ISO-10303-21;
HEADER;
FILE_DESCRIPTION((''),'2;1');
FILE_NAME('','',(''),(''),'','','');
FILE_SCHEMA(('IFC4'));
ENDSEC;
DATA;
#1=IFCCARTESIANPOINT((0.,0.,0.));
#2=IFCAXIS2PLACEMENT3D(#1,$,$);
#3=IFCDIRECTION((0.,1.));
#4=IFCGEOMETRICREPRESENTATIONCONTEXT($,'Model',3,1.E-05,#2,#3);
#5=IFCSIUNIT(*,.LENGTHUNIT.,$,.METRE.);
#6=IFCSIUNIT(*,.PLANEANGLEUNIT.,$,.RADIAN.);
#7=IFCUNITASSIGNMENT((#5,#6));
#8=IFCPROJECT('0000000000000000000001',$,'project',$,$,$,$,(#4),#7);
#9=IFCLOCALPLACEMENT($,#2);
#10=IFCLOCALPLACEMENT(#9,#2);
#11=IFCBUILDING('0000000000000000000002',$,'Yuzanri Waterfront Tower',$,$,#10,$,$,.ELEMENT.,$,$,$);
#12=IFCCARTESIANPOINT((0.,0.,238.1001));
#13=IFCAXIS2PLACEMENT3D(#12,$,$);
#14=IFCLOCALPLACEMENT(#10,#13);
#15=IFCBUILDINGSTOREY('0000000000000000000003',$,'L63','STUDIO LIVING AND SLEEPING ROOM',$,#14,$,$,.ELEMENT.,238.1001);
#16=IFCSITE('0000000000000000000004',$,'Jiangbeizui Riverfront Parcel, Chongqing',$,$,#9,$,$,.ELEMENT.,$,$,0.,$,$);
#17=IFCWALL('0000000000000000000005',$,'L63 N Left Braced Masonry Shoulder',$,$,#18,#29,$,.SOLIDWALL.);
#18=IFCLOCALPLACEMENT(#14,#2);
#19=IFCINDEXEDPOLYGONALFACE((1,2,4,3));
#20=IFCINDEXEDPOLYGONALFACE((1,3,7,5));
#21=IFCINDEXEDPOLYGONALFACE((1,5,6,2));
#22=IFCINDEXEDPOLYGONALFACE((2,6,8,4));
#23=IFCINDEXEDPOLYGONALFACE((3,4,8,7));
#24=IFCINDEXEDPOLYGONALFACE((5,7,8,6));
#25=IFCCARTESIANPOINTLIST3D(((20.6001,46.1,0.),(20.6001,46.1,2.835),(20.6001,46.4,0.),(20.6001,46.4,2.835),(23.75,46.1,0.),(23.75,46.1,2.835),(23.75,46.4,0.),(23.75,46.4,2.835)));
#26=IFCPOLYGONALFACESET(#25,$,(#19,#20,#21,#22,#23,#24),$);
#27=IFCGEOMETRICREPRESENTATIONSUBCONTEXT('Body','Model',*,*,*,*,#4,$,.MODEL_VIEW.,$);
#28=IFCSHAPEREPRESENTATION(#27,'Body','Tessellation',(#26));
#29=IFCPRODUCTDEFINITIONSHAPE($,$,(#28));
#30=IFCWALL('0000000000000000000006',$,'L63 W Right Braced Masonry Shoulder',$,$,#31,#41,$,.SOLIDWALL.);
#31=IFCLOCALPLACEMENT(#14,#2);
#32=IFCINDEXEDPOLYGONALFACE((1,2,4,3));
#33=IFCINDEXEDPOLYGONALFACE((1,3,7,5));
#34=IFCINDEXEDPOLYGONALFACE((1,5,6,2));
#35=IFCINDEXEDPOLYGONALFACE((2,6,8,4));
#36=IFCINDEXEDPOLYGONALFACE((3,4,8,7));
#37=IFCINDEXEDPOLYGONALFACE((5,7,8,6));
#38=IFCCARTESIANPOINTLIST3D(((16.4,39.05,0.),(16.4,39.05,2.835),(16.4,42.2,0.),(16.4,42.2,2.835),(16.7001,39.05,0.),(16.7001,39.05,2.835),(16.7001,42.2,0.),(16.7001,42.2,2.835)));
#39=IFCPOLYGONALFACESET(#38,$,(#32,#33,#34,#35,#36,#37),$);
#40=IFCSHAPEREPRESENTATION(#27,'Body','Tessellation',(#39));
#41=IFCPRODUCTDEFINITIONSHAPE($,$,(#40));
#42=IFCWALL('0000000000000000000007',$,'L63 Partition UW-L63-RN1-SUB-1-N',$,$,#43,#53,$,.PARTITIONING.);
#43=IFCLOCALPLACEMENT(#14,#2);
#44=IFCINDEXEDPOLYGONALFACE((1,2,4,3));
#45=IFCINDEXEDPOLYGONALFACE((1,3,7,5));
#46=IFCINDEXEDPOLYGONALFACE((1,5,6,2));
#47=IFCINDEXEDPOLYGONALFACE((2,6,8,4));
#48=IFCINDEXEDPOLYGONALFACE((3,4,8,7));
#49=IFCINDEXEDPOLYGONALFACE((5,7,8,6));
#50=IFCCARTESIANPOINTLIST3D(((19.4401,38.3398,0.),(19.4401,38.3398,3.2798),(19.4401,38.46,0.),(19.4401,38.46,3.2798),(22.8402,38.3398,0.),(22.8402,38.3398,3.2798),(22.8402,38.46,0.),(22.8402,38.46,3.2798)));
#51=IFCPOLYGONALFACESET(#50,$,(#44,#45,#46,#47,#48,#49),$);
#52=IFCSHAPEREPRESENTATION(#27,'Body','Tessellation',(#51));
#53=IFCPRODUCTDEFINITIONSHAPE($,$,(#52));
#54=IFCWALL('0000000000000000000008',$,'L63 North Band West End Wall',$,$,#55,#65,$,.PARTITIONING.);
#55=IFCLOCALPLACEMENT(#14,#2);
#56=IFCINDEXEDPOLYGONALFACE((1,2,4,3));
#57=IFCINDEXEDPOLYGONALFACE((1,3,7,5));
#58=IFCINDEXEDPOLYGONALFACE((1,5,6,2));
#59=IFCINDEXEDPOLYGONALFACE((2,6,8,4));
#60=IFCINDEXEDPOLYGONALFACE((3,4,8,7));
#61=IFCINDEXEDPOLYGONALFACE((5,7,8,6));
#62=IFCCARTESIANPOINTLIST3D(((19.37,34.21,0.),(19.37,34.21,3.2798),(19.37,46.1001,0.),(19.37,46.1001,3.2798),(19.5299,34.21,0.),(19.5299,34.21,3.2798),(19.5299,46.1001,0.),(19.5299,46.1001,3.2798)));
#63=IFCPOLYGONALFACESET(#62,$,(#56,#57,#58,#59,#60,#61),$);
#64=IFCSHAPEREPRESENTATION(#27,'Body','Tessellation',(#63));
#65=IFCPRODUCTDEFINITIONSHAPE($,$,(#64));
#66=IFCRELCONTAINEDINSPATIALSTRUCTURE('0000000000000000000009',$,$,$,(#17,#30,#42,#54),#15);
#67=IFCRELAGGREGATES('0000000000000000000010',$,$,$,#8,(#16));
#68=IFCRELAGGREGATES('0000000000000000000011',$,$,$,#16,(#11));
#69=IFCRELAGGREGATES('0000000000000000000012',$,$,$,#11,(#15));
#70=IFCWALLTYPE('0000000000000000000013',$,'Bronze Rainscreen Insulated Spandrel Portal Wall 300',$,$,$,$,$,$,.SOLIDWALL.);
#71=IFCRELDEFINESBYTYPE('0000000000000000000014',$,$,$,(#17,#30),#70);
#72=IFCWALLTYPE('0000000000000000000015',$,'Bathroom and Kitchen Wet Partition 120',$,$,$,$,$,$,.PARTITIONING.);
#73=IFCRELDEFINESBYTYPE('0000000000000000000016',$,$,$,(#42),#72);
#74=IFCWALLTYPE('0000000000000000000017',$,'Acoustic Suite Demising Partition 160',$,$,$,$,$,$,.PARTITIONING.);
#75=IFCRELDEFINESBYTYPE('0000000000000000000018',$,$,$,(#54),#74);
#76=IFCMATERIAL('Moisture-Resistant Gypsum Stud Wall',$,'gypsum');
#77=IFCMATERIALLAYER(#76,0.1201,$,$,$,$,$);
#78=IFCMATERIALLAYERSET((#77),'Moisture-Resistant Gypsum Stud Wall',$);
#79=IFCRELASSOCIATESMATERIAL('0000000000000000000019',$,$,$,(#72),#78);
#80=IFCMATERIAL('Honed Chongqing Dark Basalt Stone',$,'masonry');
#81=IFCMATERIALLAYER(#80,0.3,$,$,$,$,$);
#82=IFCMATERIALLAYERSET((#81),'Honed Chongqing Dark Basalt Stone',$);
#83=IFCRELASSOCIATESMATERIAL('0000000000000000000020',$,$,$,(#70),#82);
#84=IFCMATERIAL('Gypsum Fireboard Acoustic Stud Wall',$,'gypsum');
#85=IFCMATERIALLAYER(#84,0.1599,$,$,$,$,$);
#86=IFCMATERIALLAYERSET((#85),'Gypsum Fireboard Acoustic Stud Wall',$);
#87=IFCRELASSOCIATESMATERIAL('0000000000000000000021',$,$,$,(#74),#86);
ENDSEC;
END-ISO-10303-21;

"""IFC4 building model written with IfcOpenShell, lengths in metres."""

from ifc_helpers import new_model, si_unit, direction, frame, frame_2d, origin, place, context, subcontext, project, spatial, rectangle, extrude, source, transform, mapped, material, layer, layer_set, type_object, element, save


model = new_model("IFC4")

# Units and contexts
model_context = context("Model", 3, precision=1e-05, world=origin(), true_north=direction((0.0, 1.0)))
body_context = subcontext(model_context, "Body", "Model", "MODEL_VIEW")
ifc_project = project(units=[si_unit("LENGTHUNIT", "METRE"), si_unit("PLANEANGLEUNIT", "RADIAN")], contexts=[model_context])

# Site, building, storey
site_placement = place(None, origin())
site = spatial("IfcSite", under=ifc_project, at=site_placement, Name="Jiangbeizui Riverfront Parcel, Chongqing", CompositionType="ELEMENT", RefElevation=0.0)
building_placement = place(site_placement, origin())
building = spatial("IfcBuilding", under=site, at=building_placement, Name="Yuzanri Waterfront Tower", CompositionType="ELEMENT")
storey_placement = place(building_placement, frame((0.0, 0.0, 238.1001)))
storey = spatial("IfcBuildingStorey", under=building, at=storey_placement, Name="L63", Description="STUDIO LIVING AND SLEEPING ROOM", CompositionType="ELEMENT", Elevation=238.1001)

# Shared definitions
ifc_material_1 = material(Name="Moisture-Resistant Gypsum Stud Wall", Category="gypsum")
ifc_layer_1 = layer(ifc_material_1, 0.1201)
ifc_layer_set_1 = layer_set([ifc_layer_1], Name="Moisture-Resistant Gypsum Stud Wall")
wall_type_1 = type_object("IfcWallType", Name="Bathroom and Kitchen Wet Partition 120", PredefinedType="PARTITIONING", material=ifc_layer_set_1)

# Shared definitions
ifc_material_2 = material(Name="Honed Chongqing Dark Basalt Stone", Category="masonry")
ifc_layer_2 = layer(ifc_material_2, 0.3)
ifc_layer_set_2 = layer_set([ifc_layer_2], Name="Honed Chongqing Dark Basalt Stone")
wall_type_2 = type_object("IfcWallType", Name="Bronze Rainscreen Insulated Spandrel Portal Wall 300", PredefinedType="SOLIDWALL", material=ifc_layer_set_2)

# Walls
shared_shape_1 = source(origin(), body_context, "Body", "SweptSolid", [
    extrude(rectangle(XDim=3.1499, YDim=0.3, at=frame_2d((1.575, 0.0))), origin(), (0.0, 0.0, 1.0), 2.835),
])
for number, where, z_axis, x_axis, name in (
    (1, (20.6001, 46.25, 0.0), (0.0, 0.0, 1.0), (1.0, 0.0, 0.0), "L63 N Left Braced Masonry Shoulder"),
    (2, (16.55, 39.05, 0.0), (0.0, 0.0, 1.0), (0.0, 1.0, 0.0), "L63 W Right Braced Masonry Shoulder"),
):
    element("IfcWall", number, at=place(storey_placement, frame(where, z_axis=z_axis, x_axis=x_axis)), inside=storey, type_object=wall_type_2, Name=name, PredefinedType="SOLIDWALL", context=body_context, shape_type="MappedRepresentation", body=[
        mapped(shared_shape_1, transform((0.0, 0.0, 0.0), scale=1.0)),
    ])
shared_shape_2 = source(origin(), body_context, "Body", "SweptSolid", [
    extrude(rectangle(XDim=3.4001, YDim=0.1201, at=frame_2d((1.7002, 0.0))), origin(), (0.0, 0.0, 1.0), 3.2798),
])
wall_1_placement = place(storey_placement, frame((19.4399, 38.3999, 0.0), z_axis=(0.0, 0.0, 1.0), x_axis=(1.0, 0.0, 0.0)))
element("IfcWall", 3, at=wall_1_placement, inside=storey, type_object=wall_type_1, Name="L63 Partition UW-L63-RN1-SUB-1-N", PredefinedType="PARTITIONING", context=body_context, shape_type="MappedRepresentation", body=[
    mapped(shared_shape_2, transform((0.0, 0.0, 0.0), scale=1.0)),
])
ifc_material_3 = material(Name="Gypsum Fireboard Acoustic Stud Wall", Category="gypsum")
ifc_layer_3 = layer(ifc_material_3, 0.1599)
ifc_layer_set_3 = layer_set([ifc_layer_3], Name="Gypsum Fireboard Acoustic Stud Wall")
wall_type_3 = type_object("IfcWallType", Name="Acoustic Suite Demising Partition 160", PredefinedType="PARTITIONING", material=ifc_layer_set_3)
shared_shape_3 = source(origin(), body_context, "Body", "SweptSolid", [
    extrude(rectangle(XDim=11.8901, YDim=0.1599, at=frame_2d((5.9451, 0.0))), origin(), (0.0, 0.0, 1.0), 3.2798),
])
wall_2_placement = place(storey_placement, frame((19.45, 34.21, 0.0), z_axis=(0.0, 0.0, 1.0), x_axis=(0.0, 1.0, 0.0)))
element("IfcWall", 4, at=wall_2_placement, inside=storey, type_object=wall_type_3, Name="L63 North Band West End Wall", PredefinedType="PARTITIONING", context=body_context, shape_type="MappedRepresentation", body=[
    mapped(shared_shape_3, transform((0.0, 0.0, 0.0), scale=1.0)),
])

save(model, "model.ifc")
